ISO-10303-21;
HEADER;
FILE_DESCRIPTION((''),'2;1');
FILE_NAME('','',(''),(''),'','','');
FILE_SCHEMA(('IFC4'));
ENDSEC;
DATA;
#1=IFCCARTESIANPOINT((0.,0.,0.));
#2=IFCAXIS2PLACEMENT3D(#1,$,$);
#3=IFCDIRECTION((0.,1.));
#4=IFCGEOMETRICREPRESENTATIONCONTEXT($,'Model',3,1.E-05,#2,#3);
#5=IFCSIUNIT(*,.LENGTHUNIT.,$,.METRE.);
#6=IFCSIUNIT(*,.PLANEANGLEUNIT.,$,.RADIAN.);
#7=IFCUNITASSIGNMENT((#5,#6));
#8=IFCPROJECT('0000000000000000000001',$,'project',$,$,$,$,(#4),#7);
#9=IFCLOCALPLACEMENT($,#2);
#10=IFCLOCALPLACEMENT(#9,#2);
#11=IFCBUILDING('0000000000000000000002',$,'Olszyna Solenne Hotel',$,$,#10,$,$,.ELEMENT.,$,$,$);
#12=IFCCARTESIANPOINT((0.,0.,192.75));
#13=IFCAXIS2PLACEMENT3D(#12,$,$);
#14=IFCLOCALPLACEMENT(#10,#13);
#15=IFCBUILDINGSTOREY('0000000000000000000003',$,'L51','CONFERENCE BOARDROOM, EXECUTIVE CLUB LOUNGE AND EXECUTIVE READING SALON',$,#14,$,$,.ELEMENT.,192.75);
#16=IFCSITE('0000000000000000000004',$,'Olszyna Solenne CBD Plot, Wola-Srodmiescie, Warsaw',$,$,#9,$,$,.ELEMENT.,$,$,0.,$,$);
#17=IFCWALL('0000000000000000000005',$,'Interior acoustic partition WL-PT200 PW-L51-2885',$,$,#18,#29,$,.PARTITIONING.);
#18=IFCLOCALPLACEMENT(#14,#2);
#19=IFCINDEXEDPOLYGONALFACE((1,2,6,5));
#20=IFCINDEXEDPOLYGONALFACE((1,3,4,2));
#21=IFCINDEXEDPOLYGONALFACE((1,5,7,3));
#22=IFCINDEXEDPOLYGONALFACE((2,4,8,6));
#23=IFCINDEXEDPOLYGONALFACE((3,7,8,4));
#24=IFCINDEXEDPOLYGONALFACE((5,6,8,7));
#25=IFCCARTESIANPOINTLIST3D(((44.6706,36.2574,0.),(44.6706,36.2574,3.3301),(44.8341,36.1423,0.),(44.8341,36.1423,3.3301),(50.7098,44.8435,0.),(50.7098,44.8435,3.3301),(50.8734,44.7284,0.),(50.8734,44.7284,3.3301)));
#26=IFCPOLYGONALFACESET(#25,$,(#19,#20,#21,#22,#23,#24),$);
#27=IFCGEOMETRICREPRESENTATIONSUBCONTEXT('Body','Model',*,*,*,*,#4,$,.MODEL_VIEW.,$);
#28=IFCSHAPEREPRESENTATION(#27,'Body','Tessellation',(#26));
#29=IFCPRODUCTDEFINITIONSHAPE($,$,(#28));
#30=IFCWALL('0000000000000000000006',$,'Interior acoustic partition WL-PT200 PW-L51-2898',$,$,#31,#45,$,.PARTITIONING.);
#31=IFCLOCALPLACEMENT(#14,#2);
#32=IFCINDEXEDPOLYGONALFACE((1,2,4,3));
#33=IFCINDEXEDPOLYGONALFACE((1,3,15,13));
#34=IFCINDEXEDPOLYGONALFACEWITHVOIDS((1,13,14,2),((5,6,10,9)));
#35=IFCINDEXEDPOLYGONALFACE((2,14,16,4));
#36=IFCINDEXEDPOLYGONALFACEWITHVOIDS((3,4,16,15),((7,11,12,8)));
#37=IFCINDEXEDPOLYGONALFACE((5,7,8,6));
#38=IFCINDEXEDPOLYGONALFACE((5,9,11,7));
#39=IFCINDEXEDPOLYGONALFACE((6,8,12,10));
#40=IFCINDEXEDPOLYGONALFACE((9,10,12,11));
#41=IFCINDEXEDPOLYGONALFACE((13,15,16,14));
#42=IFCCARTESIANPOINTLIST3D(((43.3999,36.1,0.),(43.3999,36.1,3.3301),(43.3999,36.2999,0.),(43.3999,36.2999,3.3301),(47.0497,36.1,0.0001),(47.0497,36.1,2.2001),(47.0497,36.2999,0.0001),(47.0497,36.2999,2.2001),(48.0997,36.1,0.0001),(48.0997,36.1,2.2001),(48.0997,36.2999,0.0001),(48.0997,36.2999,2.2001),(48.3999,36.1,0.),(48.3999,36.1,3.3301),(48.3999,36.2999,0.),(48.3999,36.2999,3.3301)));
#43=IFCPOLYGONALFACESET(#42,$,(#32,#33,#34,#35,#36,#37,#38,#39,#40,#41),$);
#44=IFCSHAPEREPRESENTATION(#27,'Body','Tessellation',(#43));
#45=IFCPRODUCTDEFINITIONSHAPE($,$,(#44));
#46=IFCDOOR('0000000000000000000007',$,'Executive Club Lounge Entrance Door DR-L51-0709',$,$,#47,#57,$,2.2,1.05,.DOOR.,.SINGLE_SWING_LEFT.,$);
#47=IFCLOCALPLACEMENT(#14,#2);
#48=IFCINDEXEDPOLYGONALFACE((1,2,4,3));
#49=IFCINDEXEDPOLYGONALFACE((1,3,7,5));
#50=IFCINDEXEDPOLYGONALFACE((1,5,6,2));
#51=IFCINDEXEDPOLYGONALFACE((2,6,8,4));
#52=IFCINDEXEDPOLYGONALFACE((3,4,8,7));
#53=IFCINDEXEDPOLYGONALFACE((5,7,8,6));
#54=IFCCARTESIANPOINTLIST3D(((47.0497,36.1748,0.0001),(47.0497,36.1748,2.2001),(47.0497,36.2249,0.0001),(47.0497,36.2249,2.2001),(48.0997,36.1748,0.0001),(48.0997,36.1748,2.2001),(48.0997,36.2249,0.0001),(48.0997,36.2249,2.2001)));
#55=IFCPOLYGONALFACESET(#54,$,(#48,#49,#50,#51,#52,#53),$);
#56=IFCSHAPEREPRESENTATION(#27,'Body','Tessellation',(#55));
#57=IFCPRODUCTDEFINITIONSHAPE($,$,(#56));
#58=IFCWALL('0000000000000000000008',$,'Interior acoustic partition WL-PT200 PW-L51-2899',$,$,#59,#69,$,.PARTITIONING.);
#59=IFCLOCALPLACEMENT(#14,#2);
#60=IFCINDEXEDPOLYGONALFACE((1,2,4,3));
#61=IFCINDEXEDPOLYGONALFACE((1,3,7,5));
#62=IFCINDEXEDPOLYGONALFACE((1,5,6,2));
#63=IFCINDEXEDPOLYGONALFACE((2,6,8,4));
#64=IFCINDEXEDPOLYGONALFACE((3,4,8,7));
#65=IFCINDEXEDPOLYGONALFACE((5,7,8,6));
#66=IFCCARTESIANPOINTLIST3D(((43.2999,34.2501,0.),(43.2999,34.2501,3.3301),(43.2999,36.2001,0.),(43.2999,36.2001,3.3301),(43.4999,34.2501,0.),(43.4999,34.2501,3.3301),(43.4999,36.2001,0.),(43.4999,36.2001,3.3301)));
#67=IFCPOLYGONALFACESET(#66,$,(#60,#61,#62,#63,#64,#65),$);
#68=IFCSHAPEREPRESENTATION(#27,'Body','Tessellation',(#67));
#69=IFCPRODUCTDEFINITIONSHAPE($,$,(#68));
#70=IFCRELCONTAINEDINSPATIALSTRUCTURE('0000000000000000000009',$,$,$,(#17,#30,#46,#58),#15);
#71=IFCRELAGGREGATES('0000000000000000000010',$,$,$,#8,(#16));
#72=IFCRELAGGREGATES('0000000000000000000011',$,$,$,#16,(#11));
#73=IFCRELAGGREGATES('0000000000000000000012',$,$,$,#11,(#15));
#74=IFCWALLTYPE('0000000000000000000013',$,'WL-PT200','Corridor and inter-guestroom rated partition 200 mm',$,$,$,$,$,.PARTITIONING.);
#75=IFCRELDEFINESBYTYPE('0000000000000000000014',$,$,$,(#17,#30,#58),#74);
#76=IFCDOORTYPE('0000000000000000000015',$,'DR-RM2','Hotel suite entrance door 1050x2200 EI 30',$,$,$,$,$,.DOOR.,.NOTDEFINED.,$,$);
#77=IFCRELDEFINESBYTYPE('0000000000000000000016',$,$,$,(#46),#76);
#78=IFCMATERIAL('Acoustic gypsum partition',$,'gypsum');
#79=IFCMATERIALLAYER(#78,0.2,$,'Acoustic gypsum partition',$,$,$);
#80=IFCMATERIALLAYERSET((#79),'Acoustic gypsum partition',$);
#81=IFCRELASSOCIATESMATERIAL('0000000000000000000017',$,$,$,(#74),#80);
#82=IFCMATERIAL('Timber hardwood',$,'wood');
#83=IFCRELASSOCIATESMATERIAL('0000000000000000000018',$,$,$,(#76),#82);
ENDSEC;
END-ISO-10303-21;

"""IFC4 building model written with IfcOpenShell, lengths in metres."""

from ifc_helpers import new_model, si_unit, direction, frame, frame_2d, origin, place, context, subcontext, project, spatial, rectangle, extrude, source, transform, mapped, material, layer, layer_set, type_object, type_shapes, element, fill, save


model = new_model("IFC4")

# Units and contexts
model_context = context("Model", 3, precision=1e-05, world=origin(), true_north=direction((0.0, 1.0)))
body_context = subcontext(model_context, "Body", "Model", "MODEL_VIEW")
ifc_project = project(units=[si_unit("LENGTHUNIT", "METRE"), si_unit("PLANEANGLEUNIT", "RADIAN")], contexts=[model_context])

# Site, building, storey
site_placement = place(None, origin())
site = spatial("IfcSite", under=ifc_project, at=site_placement, Name="Olszyna Solenne CBD Plot, Wola-Srodmiescie, Warsaw", CompositionType="ELEMENT", RefElevation=0.0)
building_placement = place(site_placement, origin())
building = spatial("IfcBuilding", under=site, at=building_placement, Name="Olszyna Solenne Hotel", CompositionType="ELEMENT")
storey_placement = place(building_placement, frame((0.0, 0.0, 192.75)))
storey = spatial("IfcBuildingStorey", under=building, at=storey_placement, Name="L51", Description="CONFERENCE BOARDROOM, EXECUTIVE CLUB LOUNGE AND EXECUTIVE READING SALON", CompositionType="ELEMENT", Elevation=192.75)

# Shared definitions
ifc_material_1 = material(Name="Timber hardwood", Category="wood")

# Shared definitions
ifc_material_2 = material(Name="Acoustic gypsum partition", Category="gypsum")

# Wall
ifc_layer_1 = layer(ifc_material_2, 0.2, Name="Acoustic gypsum partition")
ifc_layer_set_1 = layer_set([ifc_layer_1], Name="Acoustic gypsum partition")
wall_type_1 = type_object("IfcWallType", Name="WL-PT200", Description="Corridor and inter-guestroom rated partition 200 mm", PredefinedType="PARTITIONING", material=ifc_layer_set_1)
wall_1_placement = place(storey_placement, frame((44.7524, 36.2, 0.0), z_axis=(0.0, 0.0, 1.0), x_axis=(0.575314, 0.817933, 0.0)))
element("IfcWall", 1, at=wall_1_placement, inside=storey, type_object=wall_type_1, Name="Interior acoustic partition WL-PT200 PW-L51-2885", PredefinedType="PARTITIONING", context=body_context, shape_type="SweptSolid", body=[
    extrude(rectangle(XDim=10.4973, YDim=0.2, at=frame_2d((5.2485, 0.0))), origin(), (0.0, 0.0, 1.0), 3.3301),
])

# Wall, opening, door
wall_2_placement = place(storey_placement, frame((43.3999, 36.2, 0.0), z_axis=(0.0, 0.0, 1.0), x_axis=(1.0, 0.0, 0.0)))
wall_2 = element("IfcWall", 2, at=wall_2_placement, inside=storey, type_object=wall_type_1, Name="Interior acoustic partition WL-PT200 PW-L51-2898", PredefinedType="PARTITIONING", context=body_context, shape_type="SweptSolid", body=[
    extrude(rectangle(XDim=5.0, YDim=0.2, at=frame_2d((2.5, 0.0))), origin(), (0.0, 0.0, 1.0), 3.3301),
])
opening_1_placement = place(wall_2_placement, frame((3.6499, 0.0, 0.0)))
opening_1 = element("IfcOpeningElement", 3, at=opening_1_placement, cuts=wall_2, PredefinedType="OPENING", context=body_context, shape_type="SweptSolid", body=[
    extrude(rectangle(XDim=1.05, YDim=2.2, at=frame_2d((0.5249, 1.1001))), frame((0.0, 0.1099, 0.0), z_axis=(0.0, -1.0, 0.0), x_axis=(1.0, 0.0, 0.0)), (0.0, 0.0, 1.0), 0.22),
])
door_type_1 = type_object("IfcDoorType", Name="DR-RM2", Description="Hotel suite entrance door 1050x2200 EI 30", OperationType="NOTDEFINED", PredefinedType="DOOR", material=ifc_material_1)
shared_shape_1 = source(origin(), body_context, "Body", "SweptSolid", [
    extrude(rectangle(XDim=1.05, YDim=2.2, at=frame_2d((0.5249, 1.1001))), frame((0.0, 0.0249, 0.0), z_axis=(0.0, -1.0, 0.0), x_axis=(1.0, 0.0, 0.0)), (0.0, 0.0, 1.0), 0.05),
])
type_shapes(door_type_1, [shared_shape_1])
door_1_placement = place(opening_1_placement, origin())
door_1 = element("IfcDoor", 4, at=door_1_placement, inside=storey, type_object=door_type_1, Name="Executive Club Lounge Entrance Door DR-L51-0709", OperationType="SINGLE_SWING_LEFT", OverallHeight=2.2, OverallWidth=1.05, PredefinedType="DOOR", context=body_context, shape_type="MappedRepresentation", body=[
    mapped(shared_shape_1, transform((0.0, 0.0, 0.0), x_axis=(1.0, 0.0, 0.0), y_axis=(0.0, 1.0, 0.0), z_axis=(0.0, 0.0, 1.0), scale=1.0)),
])
fill(opening_1, door_1)

# Wall
wall_3_placement = place(storey_placement, frame((43.3999, 34.25, 0.0), z_axis=(0.0, 0.0, 1.0), x_axis=(0.0, 1.0, 0.0)))
element("IfcWall", 5, at=wall_3_placement, inside=storey, type_object=wall_type_1, Name="Interior acoustic partition WL-PT200 PW-L51-2899", PredefinedType="PARTITIONING", context=body_context, shape_type="SweptSolid", body=[
    extrude(rectangle(XDim=1.95, YDim=0.2, at=frame_2d((0.9751, 0.0))), origin(), (0.0, 0.0, 1.0), 3.3301),
])

save(model, "model.ifc")
